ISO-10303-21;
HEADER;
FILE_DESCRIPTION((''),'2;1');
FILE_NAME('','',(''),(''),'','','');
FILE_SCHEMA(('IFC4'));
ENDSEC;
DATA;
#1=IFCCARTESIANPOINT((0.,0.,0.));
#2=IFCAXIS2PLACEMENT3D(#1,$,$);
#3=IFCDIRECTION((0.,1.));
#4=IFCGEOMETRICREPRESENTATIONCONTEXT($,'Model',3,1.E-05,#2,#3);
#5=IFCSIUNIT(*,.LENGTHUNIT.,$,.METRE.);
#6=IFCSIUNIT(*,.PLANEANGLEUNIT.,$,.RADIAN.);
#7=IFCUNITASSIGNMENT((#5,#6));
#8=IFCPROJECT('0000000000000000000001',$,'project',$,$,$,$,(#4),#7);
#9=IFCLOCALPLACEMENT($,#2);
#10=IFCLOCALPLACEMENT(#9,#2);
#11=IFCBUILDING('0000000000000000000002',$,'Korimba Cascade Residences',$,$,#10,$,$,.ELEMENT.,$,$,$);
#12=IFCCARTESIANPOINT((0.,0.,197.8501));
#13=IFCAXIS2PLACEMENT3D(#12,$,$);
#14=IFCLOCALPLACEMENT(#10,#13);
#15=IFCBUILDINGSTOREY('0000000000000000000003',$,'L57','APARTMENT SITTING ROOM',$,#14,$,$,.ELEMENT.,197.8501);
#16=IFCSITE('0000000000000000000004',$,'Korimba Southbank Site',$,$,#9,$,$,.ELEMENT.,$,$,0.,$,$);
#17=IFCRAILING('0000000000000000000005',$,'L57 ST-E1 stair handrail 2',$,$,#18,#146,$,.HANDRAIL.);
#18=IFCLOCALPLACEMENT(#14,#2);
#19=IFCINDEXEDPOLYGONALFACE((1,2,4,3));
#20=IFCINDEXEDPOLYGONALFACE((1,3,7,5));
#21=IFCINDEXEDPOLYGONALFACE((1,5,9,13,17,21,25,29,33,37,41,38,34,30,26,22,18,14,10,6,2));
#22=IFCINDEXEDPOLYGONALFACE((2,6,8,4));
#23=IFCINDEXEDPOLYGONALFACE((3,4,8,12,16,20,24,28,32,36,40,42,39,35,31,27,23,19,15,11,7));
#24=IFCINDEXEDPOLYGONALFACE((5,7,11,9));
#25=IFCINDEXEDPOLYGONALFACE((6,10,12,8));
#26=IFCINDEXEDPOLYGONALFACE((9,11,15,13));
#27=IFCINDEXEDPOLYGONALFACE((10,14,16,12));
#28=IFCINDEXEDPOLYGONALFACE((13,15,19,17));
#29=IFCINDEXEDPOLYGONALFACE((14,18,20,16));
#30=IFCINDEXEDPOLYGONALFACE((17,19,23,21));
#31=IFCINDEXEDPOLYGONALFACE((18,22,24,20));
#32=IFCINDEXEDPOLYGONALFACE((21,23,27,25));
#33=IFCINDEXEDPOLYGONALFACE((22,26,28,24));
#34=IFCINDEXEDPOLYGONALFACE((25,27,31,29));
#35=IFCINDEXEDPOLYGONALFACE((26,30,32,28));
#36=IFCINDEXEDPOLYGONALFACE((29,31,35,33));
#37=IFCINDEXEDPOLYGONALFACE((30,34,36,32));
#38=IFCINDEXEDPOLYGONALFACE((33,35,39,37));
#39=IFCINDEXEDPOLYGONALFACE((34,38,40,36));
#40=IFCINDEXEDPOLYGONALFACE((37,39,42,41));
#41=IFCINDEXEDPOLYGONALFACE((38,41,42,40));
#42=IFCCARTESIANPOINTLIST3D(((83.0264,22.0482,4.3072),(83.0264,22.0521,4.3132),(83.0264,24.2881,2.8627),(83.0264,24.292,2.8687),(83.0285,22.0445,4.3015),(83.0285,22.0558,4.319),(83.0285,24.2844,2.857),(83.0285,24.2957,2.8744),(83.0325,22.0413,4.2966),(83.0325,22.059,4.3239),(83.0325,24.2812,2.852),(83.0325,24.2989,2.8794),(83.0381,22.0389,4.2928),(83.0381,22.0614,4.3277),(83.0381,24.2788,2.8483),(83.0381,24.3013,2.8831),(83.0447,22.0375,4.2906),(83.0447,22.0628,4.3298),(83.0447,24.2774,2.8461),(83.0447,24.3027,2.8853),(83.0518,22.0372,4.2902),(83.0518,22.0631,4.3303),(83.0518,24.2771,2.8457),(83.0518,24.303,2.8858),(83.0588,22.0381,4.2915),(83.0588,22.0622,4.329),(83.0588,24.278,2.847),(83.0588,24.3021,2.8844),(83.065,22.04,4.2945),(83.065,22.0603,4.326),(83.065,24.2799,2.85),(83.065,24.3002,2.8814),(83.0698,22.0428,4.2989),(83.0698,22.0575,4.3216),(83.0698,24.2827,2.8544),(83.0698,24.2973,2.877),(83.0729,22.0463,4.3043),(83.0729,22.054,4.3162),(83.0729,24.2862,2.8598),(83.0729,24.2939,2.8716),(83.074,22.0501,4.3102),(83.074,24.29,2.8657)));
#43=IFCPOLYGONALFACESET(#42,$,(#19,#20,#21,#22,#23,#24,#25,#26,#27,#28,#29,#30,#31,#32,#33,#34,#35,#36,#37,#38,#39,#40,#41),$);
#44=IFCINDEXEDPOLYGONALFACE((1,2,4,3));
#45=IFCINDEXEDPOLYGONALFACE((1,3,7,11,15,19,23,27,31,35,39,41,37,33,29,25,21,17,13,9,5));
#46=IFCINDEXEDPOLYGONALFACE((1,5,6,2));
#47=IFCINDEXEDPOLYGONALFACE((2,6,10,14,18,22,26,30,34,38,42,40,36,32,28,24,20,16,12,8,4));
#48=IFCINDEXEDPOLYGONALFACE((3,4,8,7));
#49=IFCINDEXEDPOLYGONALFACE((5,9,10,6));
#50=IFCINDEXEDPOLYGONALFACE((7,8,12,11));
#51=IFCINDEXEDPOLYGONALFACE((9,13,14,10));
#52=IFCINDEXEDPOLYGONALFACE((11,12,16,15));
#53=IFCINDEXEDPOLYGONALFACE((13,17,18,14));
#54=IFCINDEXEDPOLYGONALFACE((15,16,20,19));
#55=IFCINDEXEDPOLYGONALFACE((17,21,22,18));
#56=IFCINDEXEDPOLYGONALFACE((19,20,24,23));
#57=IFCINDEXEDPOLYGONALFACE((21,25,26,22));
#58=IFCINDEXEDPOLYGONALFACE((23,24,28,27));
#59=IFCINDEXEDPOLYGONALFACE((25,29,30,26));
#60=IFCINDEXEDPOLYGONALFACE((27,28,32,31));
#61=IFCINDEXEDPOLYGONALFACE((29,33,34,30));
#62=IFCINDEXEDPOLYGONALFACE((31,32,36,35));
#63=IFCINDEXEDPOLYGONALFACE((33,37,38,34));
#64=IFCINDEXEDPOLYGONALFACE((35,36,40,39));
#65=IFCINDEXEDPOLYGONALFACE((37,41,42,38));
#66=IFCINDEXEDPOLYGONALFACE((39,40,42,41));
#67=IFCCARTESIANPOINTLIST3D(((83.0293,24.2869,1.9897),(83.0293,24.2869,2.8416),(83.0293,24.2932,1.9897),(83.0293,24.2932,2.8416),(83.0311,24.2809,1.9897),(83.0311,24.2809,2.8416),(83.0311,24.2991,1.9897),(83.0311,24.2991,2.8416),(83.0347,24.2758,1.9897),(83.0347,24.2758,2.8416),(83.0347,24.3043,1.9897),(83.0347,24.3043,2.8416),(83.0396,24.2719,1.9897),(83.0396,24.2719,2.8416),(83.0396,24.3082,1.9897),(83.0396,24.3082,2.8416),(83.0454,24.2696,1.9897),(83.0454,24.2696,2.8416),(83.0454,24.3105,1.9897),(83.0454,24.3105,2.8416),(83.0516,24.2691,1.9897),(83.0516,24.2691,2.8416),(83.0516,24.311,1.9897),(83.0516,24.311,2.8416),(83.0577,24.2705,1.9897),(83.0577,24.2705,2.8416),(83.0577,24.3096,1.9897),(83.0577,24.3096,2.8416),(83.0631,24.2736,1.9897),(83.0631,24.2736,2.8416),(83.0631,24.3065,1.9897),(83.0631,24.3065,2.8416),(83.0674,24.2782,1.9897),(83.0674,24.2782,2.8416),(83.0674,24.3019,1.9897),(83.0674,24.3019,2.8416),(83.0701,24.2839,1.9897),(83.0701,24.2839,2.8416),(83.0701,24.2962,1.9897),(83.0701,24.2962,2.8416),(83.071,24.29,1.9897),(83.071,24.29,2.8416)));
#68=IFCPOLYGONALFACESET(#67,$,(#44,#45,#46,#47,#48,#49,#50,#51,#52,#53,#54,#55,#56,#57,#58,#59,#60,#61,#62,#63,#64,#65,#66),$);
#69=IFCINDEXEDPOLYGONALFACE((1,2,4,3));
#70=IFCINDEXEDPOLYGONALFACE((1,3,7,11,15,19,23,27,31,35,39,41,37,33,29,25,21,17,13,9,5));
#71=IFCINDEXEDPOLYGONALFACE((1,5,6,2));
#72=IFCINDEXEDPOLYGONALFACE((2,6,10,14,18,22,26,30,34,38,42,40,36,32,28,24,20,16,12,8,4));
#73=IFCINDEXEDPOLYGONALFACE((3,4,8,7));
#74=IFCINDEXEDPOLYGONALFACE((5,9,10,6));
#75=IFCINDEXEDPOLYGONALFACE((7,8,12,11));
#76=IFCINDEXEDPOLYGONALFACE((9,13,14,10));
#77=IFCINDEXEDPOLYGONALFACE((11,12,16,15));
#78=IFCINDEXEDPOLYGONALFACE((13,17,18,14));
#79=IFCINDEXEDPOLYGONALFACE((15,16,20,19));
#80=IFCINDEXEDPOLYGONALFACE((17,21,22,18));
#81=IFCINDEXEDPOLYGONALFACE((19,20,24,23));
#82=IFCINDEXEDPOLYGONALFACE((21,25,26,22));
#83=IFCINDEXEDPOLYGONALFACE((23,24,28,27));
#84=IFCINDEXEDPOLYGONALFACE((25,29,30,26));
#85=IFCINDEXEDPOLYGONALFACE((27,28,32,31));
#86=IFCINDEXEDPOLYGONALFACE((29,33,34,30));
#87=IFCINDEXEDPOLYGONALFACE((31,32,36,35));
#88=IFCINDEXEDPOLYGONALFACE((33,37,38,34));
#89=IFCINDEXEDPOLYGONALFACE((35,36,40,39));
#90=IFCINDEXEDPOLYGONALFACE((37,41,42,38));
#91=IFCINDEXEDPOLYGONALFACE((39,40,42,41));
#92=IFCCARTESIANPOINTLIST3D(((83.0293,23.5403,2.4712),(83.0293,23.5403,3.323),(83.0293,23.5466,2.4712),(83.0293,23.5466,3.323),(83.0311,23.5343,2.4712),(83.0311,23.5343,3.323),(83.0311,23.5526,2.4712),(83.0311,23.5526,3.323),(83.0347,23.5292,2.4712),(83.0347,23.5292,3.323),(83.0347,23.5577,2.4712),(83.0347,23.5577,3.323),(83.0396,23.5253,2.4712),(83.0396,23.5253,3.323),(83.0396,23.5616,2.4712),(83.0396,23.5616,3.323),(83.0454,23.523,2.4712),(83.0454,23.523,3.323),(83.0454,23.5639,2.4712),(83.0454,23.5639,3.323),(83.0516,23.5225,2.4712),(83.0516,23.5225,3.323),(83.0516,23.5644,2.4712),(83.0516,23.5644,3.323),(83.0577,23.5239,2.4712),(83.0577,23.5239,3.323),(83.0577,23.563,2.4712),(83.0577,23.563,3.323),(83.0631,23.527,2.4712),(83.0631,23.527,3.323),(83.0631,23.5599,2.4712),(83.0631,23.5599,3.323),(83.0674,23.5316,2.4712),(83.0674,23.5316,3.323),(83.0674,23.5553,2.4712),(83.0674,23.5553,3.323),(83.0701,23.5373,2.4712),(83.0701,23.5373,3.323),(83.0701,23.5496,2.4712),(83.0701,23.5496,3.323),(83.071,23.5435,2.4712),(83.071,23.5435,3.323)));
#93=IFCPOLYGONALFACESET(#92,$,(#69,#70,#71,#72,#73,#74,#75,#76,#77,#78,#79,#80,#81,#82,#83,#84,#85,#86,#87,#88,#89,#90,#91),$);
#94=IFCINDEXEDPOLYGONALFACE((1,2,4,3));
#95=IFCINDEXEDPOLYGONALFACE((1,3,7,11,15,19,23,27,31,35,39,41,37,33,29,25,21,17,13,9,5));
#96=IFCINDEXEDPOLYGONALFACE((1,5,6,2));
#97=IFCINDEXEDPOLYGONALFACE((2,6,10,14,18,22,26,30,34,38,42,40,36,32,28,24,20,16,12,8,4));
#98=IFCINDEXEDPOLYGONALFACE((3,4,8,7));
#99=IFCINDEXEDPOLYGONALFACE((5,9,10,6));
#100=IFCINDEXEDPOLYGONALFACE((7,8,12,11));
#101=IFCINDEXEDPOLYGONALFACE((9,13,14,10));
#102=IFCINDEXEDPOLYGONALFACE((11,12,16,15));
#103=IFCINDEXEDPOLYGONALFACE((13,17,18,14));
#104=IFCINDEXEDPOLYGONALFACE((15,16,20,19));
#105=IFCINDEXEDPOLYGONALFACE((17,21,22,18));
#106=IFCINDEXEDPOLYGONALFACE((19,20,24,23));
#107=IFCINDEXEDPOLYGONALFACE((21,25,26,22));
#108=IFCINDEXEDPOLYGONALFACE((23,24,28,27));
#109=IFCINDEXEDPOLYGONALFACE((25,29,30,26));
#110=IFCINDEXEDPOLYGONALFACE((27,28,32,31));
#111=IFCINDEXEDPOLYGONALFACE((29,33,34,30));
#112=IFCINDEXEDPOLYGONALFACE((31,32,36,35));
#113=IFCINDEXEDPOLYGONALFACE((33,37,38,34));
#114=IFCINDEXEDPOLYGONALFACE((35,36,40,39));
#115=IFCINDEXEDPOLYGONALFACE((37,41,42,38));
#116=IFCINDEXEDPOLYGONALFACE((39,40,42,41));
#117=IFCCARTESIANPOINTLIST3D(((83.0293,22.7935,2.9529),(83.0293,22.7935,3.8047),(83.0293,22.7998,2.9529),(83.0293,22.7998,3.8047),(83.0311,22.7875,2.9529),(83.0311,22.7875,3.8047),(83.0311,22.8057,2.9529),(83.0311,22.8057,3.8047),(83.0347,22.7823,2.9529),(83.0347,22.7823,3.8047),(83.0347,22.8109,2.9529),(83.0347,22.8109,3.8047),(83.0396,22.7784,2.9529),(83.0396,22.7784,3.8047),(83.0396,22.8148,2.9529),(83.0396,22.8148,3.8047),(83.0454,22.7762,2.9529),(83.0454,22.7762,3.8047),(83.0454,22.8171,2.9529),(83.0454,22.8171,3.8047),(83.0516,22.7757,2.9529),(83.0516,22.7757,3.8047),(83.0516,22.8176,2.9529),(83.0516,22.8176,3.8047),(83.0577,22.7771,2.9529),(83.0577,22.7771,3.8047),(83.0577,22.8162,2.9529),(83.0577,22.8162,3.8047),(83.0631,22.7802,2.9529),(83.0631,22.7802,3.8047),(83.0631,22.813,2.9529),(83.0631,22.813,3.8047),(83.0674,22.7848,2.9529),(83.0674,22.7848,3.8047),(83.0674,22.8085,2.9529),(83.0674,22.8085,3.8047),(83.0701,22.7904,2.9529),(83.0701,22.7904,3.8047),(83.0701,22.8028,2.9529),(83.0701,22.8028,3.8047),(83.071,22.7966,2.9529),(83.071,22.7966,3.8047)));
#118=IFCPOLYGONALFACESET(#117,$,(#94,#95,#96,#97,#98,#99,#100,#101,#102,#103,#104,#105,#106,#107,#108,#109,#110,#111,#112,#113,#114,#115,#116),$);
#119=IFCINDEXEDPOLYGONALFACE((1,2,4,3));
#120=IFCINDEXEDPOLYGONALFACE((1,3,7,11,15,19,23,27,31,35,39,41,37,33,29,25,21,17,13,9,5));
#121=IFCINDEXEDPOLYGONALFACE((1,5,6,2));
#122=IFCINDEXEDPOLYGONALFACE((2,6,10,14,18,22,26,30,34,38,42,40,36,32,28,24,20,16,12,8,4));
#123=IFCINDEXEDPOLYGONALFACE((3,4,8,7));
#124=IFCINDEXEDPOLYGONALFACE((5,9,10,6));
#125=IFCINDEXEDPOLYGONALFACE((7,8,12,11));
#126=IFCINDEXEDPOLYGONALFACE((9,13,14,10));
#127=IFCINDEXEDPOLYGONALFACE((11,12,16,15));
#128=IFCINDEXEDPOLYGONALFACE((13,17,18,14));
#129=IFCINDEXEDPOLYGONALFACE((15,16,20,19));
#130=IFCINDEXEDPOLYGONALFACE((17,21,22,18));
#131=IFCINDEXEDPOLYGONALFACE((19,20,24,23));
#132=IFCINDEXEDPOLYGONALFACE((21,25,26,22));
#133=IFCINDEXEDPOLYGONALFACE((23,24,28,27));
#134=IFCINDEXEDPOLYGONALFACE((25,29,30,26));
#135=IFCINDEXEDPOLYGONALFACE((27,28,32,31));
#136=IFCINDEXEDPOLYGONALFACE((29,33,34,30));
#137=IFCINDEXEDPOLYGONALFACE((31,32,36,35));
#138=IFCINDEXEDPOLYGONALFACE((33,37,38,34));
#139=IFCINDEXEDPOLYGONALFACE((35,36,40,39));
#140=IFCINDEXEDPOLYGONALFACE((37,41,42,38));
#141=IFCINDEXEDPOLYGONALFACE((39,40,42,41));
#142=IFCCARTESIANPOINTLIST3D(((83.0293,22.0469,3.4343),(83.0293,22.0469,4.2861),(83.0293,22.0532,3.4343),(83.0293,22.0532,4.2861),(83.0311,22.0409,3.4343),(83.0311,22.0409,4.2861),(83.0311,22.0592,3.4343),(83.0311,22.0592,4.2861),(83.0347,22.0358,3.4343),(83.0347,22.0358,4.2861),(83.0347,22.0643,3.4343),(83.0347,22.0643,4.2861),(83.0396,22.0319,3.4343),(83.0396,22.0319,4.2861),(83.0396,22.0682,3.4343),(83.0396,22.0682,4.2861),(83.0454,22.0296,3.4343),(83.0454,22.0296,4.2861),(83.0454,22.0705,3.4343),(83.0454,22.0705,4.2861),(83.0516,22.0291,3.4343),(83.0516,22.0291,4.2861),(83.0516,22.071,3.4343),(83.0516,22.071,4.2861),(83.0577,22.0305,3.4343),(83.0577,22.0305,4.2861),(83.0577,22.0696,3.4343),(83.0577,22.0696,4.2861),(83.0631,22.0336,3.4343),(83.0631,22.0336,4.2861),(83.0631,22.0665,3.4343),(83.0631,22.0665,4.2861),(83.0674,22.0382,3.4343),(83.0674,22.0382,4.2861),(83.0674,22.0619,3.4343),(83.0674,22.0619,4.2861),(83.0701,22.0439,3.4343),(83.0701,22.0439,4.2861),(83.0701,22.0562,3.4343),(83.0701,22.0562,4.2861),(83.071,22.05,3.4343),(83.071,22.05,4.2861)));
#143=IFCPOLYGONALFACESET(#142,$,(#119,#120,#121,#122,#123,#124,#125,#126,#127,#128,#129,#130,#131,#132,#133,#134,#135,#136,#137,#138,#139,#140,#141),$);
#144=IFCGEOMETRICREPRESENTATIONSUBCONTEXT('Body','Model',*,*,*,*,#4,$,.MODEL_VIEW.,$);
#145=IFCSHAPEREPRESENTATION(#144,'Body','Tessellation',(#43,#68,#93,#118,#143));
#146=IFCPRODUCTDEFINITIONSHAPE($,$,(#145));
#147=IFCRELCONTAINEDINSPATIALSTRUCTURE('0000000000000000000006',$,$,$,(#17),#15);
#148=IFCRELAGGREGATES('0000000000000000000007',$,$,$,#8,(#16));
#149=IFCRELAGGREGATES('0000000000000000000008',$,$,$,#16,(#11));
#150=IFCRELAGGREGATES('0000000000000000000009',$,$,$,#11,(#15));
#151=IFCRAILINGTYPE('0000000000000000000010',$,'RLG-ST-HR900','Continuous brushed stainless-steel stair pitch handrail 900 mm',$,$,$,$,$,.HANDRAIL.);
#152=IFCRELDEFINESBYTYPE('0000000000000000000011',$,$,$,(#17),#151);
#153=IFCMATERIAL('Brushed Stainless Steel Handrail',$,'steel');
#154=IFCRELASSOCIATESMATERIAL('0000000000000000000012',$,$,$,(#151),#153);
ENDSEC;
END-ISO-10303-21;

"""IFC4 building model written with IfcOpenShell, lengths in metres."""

from ifc_helpers import new_model, si_unit, direction, frame, origin, origin_2d, place, context, subcontext, project, spatial, circle, extrude, material, type_object, element, save


model = new_model("IFC4")

# Units and contexts
model_context = context("Model", 3, precision=1e-05, world=origin(), true_north=direction((0.0, 1.0)))
body_context = subcontext(model_context, "Body", "Model", "MODEL_VIEW")
ifc_project = project(units=[si_unit("LENGTHUNIT", "METRE"), si_unit("PLANEANGLEUNIT", "RADIAN")], contexts=[model_context])

# Site, building, storey
site_placement = place(None, origin())
site = spatial("IfcSite", under=ifc_project, at=site_placement, Name="Korimba Southbank Site", CompositionType="ELEMENT", RefElevation=0.0)
building_placement = place(site_placement, origin())
building = spatial("IfcBuilding", under=site, at=building_placement, Name="Korimba Cascade Residences", CompositionType="ELEMENT")
storey_placement = place(building_placement, frame((0.0, 0.0, 197.8501)))
storey = spatial("IfcBuildingStorey", under=building, at=storey_placement, Name="L57", Description="APARTMENT SITTING ROOM", CompositionType="ELEMENT", Elevation=197.8501)

# Railing
ifc_material_1 = material(Name="Brushed Stainless Steel Handrail", Category="steel")
railing_type_1 = type_object("IfcRailingType", Name="RLG-ST-HR900", Description="Continuous brushed stainless-steel stair pitch handrail 900 mm", PredefinedType="HANDRAIL", material=ifc_material_1)
railing_1_placement = place(storey_placement, frame((83.05, 24.29, 1.9897)))
element("IfcRailing", 1, at=railing_1_placement, inside=storey, type_object=railing_type_1, Name="L57 ST-E1 stair handrail 2", PredefinedType="HANDRAIL", context=body_context, shape_type="SweptSolid", body=[
    extrude(circle(Radius=0.0239, at=origin_2d()), frame((0.0, 0.0, 0.876), z_axis=(0.0, -0.840395, 0.541975), x_axis=(1.0, 0.0, 0.0)), (0.0, 0.0, 1.0), 2.6653),
    extrude(circle(Radius=0.021, at=origin_2d()), origin(), (0.0, 0.0, 1.0), 0.8518),
    extrude(circle(Radius=0.021, at=origin_2d()), frame((0.0, -0.7466, 0.4814)), (0.0, 0.0, 1.0), 0.8518),
    extrude(circle(Radius=0.021, at=origin_2d()), frame((0.0, -1.4934, 0.9631)), (0.0, 0.0, 1.0), 0.8518),
    extrude(circle(Radius=0.021, at=origin_2d()), frame((0.0, -2.24, 1.4446)), (0.0, 0.0, 1.0), 0.8518),
])

save(model, "model.ifc")
